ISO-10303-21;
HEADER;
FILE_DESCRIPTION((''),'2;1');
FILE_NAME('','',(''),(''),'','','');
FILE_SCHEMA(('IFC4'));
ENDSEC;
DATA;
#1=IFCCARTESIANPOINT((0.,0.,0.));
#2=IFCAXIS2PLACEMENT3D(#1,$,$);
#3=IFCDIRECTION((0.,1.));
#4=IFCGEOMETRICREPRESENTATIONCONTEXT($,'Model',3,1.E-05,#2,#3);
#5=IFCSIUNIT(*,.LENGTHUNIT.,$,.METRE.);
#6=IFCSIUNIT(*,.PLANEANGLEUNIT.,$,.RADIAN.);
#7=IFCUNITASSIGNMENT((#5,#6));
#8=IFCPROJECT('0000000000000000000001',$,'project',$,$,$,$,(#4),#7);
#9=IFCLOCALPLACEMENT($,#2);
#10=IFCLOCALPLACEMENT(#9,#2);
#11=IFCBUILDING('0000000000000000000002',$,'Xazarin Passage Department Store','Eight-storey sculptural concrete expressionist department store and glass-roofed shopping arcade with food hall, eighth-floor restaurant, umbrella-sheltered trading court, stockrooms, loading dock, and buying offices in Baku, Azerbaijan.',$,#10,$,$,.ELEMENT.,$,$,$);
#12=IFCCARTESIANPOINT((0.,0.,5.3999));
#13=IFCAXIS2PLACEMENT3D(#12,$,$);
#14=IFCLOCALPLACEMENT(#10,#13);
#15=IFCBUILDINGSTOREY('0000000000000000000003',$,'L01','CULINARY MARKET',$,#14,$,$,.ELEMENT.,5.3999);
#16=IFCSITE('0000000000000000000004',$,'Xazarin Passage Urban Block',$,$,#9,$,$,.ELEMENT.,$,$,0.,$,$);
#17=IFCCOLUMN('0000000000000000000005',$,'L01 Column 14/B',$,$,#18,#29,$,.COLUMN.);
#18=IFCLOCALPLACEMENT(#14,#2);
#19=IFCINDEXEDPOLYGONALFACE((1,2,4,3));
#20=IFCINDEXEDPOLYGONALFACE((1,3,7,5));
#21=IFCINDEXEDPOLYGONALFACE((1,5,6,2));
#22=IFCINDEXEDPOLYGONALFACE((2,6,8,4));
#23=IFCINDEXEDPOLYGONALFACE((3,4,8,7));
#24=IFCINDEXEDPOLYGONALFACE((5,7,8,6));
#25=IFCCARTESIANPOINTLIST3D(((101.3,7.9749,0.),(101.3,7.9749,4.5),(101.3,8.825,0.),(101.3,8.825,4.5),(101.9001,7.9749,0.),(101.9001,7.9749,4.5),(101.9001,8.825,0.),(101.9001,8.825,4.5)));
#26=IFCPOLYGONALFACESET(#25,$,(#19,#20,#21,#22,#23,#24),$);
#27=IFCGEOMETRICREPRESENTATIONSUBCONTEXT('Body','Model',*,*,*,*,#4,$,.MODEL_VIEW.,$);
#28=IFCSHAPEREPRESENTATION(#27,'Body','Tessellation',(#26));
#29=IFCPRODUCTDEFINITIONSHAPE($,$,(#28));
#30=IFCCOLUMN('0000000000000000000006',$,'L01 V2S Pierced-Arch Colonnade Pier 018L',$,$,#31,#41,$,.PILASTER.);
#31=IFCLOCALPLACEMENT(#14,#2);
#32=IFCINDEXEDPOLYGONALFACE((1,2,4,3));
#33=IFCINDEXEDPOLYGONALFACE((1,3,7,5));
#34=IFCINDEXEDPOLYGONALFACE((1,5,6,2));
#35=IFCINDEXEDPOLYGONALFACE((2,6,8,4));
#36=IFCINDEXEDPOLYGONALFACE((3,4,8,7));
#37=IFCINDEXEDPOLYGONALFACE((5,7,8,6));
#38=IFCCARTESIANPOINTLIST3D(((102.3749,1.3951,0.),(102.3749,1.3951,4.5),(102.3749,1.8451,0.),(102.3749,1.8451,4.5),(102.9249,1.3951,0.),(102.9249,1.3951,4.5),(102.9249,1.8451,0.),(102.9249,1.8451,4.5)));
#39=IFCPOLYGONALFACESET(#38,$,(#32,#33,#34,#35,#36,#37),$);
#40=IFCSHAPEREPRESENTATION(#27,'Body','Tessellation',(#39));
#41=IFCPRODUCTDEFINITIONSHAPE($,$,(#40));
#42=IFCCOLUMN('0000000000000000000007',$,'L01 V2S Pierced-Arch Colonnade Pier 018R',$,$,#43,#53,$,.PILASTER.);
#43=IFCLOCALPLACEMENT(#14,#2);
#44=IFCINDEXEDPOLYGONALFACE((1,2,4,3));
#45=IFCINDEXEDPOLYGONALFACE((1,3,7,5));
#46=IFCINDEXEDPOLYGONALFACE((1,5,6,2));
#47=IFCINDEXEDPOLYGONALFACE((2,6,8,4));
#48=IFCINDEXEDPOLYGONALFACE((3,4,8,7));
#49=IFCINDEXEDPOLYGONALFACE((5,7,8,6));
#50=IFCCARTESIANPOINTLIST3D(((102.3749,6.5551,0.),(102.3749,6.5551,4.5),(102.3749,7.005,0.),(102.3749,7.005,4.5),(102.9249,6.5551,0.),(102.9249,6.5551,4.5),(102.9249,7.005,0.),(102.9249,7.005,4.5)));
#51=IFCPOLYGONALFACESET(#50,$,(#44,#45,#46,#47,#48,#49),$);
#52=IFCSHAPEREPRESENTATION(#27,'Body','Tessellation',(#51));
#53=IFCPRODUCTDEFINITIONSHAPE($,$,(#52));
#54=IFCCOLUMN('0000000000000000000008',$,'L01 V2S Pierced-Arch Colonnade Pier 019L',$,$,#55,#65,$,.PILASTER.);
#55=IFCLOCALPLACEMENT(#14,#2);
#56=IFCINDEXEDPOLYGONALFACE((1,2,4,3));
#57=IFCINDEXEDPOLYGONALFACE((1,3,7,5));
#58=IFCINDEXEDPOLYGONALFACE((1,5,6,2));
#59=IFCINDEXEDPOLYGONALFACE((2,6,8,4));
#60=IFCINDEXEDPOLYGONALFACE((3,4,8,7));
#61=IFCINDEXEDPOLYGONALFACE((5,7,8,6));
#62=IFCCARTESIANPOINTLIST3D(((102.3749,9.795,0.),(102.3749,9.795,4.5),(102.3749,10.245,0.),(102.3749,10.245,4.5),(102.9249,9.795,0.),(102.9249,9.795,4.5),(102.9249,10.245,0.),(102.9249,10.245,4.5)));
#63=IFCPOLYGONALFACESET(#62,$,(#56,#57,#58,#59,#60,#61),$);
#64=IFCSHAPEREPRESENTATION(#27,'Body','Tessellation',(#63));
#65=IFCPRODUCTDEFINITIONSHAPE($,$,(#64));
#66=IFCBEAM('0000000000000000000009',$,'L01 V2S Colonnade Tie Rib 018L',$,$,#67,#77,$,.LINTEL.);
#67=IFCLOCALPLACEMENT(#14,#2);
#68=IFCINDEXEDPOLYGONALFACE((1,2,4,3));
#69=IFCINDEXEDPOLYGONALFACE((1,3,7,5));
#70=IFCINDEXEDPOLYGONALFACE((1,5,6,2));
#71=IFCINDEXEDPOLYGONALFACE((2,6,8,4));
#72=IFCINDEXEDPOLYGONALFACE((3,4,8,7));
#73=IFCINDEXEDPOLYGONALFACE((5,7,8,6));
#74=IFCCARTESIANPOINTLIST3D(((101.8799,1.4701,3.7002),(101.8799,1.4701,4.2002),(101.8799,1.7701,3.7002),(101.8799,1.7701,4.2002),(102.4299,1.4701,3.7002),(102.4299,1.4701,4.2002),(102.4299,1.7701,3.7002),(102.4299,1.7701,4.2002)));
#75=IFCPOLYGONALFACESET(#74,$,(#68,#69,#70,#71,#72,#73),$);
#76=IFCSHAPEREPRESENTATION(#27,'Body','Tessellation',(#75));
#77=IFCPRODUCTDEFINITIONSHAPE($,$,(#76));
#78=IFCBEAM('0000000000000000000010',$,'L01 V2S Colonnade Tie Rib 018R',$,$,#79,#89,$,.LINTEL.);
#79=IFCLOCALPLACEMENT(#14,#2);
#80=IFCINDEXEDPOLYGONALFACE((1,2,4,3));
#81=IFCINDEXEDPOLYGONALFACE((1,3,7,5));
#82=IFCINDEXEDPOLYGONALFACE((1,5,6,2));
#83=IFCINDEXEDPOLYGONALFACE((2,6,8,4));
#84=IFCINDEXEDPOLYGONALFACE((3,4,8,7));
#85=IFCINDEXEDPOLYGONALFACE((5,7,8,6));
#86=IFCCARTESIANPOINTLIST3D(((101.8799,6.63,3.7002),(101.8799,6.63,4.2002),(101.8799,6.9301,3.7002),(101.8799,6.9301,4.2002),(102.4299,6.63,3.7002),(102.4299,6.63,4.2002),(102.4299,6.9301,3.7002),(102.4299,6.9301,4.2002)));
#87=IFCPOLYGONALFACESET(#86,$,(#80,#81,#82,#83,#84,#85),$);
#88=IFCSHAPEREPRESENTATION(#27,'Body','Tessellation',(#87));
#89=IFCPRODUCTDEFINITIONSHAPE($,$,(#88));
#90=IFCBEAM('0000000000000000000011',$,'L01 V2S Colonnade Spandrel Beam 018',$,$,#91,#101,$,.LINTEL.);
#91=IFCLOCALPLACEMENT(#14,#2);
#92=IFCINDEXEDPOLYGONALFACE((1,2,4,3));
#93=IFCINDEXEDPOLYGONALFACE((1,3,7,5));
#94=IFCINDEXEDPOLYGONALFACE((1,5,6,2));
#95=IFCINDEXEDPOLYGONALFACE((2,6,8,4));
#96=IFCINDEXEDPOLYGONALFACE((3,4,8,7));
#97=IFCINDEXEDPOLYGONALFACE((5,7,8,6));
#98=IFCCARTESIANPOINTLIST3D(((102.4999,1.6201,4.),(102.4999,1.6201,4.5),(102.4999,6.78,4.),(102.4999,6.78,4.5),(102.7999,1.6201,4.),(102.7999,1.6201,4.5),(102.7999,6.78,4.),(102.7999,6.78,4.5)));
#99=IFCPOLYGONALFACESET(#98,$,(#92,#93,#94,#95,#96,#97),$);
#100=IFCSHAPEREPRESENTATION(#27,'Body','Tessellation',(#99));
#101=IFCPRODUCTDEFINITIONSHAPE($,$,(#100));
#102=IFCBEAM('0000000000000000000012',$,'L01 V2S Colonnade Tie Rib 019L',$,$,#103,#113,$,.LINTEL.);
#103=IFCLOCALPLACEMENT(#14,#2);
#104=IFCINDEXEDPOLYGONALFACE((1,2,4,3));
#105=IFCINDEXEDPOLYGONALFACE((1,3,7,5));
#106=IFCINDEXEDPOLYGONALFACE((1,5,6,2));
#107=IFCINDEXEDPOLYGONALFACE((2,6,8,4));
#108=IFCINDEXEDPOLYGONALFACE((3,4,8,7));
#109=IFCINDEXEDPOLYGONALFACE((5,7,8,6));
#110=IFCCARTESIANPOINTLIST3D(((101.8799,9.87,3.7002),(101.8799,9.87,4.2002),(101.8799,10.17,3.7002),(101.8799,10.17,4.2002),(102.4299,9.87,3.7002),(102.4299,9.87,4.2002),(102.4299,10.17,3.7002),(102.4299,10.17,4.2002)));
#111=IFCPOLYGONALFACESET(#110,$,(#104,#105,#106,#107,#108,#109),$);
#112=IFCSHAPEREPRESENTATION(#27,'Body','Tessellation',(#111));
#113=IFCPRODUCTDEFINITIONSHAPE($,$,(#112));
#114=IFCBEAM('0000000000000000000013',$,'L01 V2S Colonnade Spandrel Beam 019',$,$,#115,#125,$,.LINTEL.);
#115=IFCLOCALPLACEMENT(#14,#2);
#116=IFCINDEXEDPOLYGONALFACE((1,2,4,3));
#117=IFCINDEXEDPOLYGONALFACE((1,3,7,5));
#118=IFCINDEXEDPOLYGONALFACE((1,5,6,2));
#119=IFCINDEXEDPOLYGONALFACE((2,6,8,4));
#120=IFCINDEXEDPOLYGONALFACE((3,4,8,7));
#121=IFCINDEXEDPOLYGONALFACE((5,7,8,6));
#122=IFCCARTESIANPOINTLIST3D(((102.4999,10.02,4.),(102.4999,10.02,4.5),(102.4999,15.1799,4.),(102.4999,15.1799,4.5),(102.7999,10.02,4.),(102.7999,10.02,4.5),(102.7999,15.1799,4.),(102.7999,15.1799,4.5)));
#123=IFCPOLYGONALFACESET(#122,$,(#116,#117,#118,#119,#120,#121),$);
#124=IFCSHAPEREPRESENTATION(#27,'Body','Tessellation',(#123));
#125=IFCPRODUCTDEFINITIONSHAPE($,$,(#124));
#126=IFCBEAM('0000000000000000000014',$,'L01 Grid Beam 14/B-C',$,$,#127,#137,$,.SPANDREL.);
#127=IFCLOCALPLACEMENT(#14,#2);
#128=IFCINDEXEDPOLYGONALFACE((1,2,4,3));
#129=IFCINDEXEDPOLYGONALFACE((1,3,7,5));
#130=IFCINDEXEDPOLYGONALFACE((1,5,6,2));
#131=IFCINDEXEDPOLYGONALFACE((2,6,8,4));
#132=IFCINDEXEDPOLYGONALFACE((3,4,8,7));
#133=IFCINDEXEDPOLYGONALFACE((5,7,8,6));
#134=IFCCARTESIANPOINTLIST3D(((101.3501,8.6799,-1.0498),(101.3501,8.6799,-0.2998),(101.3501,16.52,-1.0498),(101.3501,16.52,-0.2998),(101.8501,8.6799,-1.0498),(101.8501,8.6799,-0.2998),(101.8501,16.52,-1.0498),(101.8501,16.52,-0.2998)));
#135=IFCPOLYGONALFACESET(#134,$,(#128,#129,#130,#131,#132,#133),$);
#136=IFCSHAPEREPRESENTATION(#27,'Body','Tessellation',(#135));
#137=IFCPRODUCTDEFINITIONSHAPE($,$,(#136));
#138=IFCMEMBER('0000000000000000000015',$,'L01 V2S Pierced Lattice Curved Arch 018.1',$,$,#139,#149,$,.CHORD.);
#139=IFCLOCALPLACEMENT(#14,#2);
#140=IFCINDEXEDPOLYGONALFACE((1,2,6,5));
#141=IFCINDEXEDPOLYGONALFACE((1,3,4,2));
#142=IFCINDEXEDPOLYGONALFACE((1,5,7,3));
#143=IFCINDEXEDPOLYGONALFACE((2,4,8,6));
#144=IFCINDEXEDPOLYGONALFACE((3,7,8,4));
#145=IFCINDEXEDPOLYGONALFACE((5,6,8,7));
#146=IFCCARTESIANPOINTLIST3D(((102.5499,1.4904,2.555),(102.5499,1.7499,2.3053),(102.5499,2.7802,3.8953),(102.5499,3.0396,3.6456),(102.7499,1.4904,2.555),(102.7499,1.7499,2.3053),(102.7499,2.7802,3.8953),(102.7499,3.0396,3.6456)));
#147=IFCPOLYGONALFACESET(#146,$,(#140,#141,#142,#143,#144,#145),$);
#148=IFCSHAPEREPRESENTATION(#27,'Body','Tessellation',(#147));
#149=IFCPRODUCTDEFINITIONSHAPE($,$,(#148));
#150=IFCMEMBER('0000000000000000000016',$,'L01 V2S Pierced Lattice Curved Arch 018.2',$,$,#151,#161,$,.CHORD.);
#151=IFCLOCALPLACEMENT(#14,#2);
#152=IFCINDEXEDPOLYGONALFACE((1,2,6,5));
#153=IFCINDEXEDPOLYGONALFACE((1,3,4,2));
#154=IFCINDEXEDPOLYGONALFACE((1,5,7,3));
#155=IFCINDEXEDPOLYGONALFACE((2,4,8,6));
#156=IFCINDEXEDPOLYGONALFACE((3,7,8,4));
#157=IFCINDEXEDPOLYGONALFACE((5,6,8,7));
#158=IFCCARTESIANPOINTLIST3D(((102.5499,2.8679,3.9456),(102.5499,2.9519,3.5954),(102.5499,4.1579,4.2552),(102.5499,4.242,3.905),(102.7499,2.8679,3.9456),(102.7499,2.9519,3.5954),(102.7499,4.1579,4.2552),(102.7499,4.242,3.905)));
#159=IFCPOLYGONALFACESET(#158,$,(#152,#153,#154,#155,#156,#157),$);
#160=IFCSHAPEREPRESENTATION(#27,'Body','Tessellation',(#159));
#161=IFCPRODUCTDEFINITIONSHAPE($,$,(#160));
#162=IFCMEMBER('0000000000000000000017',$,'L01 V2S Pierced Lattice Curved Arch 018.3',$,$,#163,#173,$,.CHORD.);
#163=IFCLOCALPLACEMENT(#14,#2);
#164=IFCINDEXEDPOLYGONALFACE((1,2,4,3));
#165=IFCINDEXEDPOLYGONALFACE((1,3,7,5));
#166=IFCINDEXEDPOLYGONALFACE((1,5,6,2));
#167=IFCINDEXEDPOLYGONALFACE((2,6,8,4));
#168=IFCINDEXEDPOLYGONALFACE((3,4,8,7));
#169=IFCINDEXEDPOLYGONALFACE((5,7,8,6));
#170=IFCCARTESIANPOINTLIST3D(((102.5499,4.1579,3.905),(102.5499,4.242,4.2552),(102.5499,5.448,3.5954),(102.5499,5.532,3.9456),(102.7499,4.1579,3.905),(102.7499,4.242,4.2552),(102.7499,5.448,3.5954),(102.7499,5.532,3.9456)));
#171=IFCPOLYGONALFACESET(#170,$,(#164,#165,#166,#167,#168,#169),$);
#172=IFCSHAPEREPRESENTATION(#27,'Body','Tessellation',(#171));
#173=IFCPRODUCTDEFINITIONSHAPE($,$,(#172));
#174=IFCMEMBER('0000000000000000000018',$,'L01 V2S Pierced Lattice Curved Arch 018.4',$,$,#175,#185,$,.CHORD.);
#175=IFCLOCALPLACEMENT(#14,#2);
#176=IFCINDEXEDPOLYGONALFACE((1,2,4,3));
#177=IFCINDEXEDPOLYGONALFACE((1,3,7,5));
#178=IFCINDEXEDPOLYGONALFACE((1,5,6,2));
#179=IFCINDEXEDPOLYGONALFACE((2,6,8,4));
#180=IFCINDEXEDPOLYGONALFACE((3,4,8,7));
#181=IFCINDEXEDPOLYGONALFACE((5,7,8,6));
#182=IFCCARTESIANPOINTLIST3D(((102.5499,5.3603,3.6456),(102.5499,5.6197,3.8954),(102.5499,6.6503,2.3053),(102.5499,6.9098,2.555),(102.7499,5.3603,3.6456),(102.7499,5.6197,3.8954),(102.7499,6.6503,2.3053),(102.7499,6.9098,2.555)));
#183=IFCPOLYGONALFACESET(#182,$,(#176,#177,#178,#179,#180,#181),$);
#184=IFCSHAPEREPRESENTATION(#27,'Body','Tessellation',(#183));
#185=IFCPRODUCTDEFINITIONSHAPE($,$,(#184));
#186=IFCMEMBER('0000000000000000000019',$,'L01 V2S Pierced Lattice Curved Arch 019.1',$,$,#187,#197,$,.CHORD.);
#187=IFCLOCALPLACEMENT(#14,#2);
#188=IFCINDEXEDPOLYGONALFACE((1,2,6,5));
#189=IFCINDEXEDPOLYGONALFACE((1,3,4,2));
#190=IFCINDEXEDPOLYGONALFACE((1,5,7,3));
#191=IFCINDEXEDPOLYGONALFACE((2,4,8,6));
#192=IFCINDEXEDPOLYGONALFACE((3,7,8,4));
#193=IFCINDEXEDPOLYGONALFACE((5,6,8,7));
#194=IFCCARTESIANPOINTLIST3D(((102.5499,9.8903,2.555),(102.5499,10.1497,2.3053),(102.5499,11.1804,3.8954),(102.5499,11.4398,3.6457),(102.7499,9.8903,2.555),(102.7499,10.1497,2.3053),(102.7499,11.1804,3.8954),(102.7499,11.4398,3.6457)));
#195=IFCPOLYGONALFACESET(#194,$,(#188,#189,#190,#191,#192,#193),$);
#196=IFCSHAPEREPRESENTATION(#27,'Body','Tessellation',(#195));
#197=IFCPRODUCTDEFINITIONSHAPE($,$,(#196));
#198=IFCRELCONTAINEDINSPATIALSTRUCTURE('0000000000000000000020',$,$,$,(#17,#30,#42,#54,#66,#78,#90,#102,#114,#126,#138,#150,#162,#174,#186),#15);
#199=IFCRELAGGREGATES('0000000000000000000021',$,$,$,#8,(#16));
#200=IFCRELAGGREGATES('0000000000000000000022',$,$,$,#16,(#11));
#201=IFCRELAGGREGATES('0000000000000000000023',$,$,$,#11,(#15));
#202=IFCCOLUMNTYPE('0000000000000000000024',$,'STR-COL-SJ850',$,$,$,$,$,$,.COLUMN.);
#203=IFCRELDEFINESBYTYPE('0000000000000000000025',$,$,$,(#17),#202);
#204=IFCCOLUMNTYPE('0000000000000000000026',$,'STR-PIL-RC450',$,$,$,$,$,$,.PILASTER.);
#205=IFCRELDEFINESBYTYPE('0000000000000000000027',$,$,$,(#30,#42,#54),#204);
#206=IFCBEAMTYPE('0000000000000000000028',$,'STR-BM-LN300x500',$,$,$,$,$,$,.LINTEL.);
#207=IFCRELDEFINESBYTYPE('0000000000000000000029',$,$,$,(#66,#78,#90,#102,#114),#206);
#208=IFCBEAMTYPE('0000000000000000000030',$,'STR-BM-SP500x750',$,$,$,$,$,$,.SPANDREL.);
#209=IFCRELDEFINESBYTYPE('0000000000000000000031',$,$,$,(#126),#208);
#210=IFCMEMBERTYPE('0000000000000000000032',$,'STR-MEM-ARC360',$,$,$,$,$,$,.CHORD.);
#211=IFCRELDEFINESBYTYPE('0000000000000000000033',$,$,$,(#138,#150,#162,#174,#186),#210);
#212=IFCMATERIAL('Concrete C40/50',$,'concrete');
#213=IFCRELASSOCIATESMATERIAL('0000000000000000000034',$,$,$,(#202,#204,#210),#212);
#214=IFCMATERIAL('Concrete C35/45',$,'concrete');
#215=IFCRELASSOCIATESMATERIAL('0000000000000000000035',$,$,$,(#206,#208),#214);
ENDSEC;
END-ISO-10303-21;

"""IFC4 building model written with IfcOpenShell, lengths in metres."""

from ifc_helpers import new_model, si_unit, direction, frame, origin, origin_2d, place, context, subcontext, project, spatial, rectangle, extrude, material, material_profile, profile_set, type_object, element, save


model = new_model("IFC4")

# Units and contexts
model_context = context("Model", 3, precision=1e-05, world=origin(), true_north=direction((0.0, 1.0)))
body_context = subcontext(model_context, "Body", "Model", "MODEL_VIEW")
ifc_project = project(units=[si_unit("LENGTHUNIT", "METRE"), si_unit("PLANEANGLEUNIT", "RADIAN")], contexts=[model_context])

# Site, building, storey
site_placement = place(None, origin())
site = spatial("IfcSite", under=ifc_project, at=site_placement, Name="Xazarin Passage Urban Block", CompositionType="ELEMENT", RefElevation=0.0)
building_placement = place(site_placement, origin())
building = spatial("IfcBuilding", under=site, at=building_placement, Name="Xazarin Passage Department Store", Description="Eight-storey sculptural concrete expressionist department store and glass-roofed shopping arcade with food hall, eighth-floor restaurant, umbrella-sheltered trading court, stockrooms, loading dock, and buying offices in Baku, Azerbaijan.", CompositionType="ELEMENT")
storey_placement = place(building_placement, frame((0.0, 0.0, 5.3999)))
storey = spatial("IfcBuildingStorey", under=building, at=storey_placement, Name="L01", Description="CULINARY MARKET", CompositionType="ELEMENT", Elevation=5.3999)

# Columns
ifc_material_1 = material(Name="Concrete C40/50", Category="concrete")
ifc_material_profile_1 = material_profile(ifc_material_1, rectangle(XDim=0.6001, YDim=0.8501, at=origin_2d()), Name="RC 600x850")
ifc_profile_set_1 = profile_set([ifc_material_profile_1], Name="Concrete C40/50")
column_type_1 = type_object("IfcColumnType", Name="STR-COL-SJ850", PredefinedType="COLUMN", material=ifc_profile_set_1)
column_placement = place(storey_placement, frame((101.6001, 8.3999, 0.0), z_axis=(0.0, 0.0, 1.0), x_axis=(1.0, 0.0, 0.0)))
element("IfcColumn", 1, at=column_placement, inside=storey, type_object=column_type_1, Name="L01 Column 14/B", PredefinedType="COLUMN", context=body_context, shape_type="SweptSolid", body=[
    extrude(rectangle(XDim=0.6001, YDim=0.8501, at=origin_2d()), origin(), (0.0, 0.0, 1.0), 4.5),
])
ifc_material_profile_2 = material_profile(ifc_material_1, rectangle(XDim=0.45, YDim=0.55, at=origin_2d()), Name="RC 450x550")
ifc_profile_set_2 = profile_set([ifc_material_profile_2], Name="Concrete C40/50")
column_type_2 = type_object("IfcColumnType", Name="STR-PIL-RC450", PredefinedType="PILASTER", material=ifc_profile_set_2)
for number, where, z_axis, x_axis, name in (
    (2, (102.6499, 1.6201, 0.0), (0.0, 0.0, 1.0), (0.0, 1.0, 0.0), "L01 V2S Pierced-Arch Colonnade Pier 018L"),
    (3, (102.6499, 6.78, 0.0), (0.0, 0.0, 1.0), (0.0, 1.0, 0.0), "L01 V2S Pierced-Arch Colonnade Pier 018R"),
    (4, (102.6499, 10.02, 0.0), (0.0, 0.0, 1.0), (0.0, 1.0, 0.0), "L01 V2S Pierced-Arch Colonnade Pier 019L"),
):
    element("IfcColumn", number, at=place(storey_placement, frame(where, z_axis=z_axis, x_axis=x_axis)), inside=storey, type_object=column_type_2, Name=name, PredefinedType="PILASTER", context=body_context, shape_type="SweptSolid", body=[
        extrude(rectangle(XDim=0.45, YDim=0.55, at=origin_2d()), origin(), (0.0, 0.0, 1.0), 4.5),
    ])

# Beams
ifc_material_2 = material(Name="Concrete C35/45", Category="concrete")
ifc_material_profile_3 = material_profile(ifc_material_2, rectangle(XDim=0.3, YDim=0.5, at=origin_2d()), Name="RC 300x500")
ifc_profile_set_3 = profile_set([ifc_material_profile_3], Name="Concrete C35/45")
beam_type_1 = type_object("IfcBeamType", Name="STR-BM-LN300x500", PredefinedType="LINTEL", material=ifc_profile_set_3)
for number, where, z_axis, x_axis, name in (
    (5, (101.8799, 1.6201, 3.9502), (1.0, 0.0, 0.0), (0.0, 1.0, 0.0), "L01 V2S Colonnade Tie Rib 018L"),
    (6, (101.8799, 6.78, 3.9502), (1.0, 0.0, 0.0), (0.0, 1.0, 0.0), "L01 V2S Colonnade Tie Rib 018R"),
):
    element("IfcBeam", number, at=place(storey_placement, frame(where, z_axis=z_axis, x_axis=x_axis)), inside=storey, type_object=beam_type_1, Name=name, PredefinedType="LINTEL", context=body_context, shape_type="SweptSolid", body=[
        extrude(rectangle(XDim=0.3, YDim=0.5, at=origin_2d()), origin(), (0.0, 0.0, 1.0), 0.55),
    ])
beam_1_placement = place(storey_placement, frame((102.6499, 1.6201, 4.25), z_axis=(0.0, 1.0, 0.0), x_axis=(-1.0, 0.0, 0.0)))
element("IfcBeam", 7, at=beam_1_placement, inside=storey, type_object=beam_type_1, Name="L01 V2S Colonnade Spandrel Beam 018", PredefinedType="LINTEL", context=body_context, shape_type="SweptSolid", body=[
    extrude(rectangle(XDim=0.3, YDim=0.5, at=origin_2d()), origin(), (0.0, 0.0, 1.0), 5.1599),
])
beam_2_placement = place(storey_placement, frame((101.8799, 10.02, 3.9502), z_axis=(1.0, 0.0, 0.0), x_axis=(0.0, 1.0, 0.0)))
element("IfcBeam", 8, at=beam_2_placement, inside=storey, type_object=beam_type_1, Name="L01 V2S Colonnade Tie Rib 019L", PredefinedType="LINTEL", context=body_context, shape_type="SweptSolid", body=[
    extrude(rectangle(XDim=0.3, YDim=0.5, at=origin_2d()), origin(), (0.0, 0.0, 1.0), 0.55),
])
beam_3_placement = place(storey_placement, frame((102.6499, 10.02, 4.25), z_axis=(0.0, 1.0, 0.0), x_axis=(-1.0, 0.0, 0.0)))
element("IfcBeam", 9, at=beam_3_placement, inside=storey, type_object=beam_type_1, Name="L01 V2S Colonnade Spandrel Beam 019", PredefinedType="LINTEL", context=body_context, shape_type="SweptSolid", body=[
    extrude(rectangle(XDim=0.3, YDim=0.5, at=origin_2d()), origin(), (0.0, 0.0, 1.0), 5.1599),
])
ifc_material_profile_4 = material_profile(ifc_material_2, rectangle(XDim=0.5, YDim=0.75, at=origin_2d()), Name="RC 500x750")
ifc_profile_set_4 = profile_set([ifc_material_profile_4], Name="Concrete C35/45")
beam_type_2 = type_object("IfcBeamType", Name="STR-BM-SP500x750", PredefinedType="SPANDREL", material=ifc_profile_set_4)
beam_4_placement = place(storey_placement, frame((101.6001, 8.6799, -0.6748), z_axis=(0.0, 1.0, 0.0), x_axis=(-1.0, 0.0, 0.0)))
element("IfcBeam", 10, at=beam_4_placement, inside=storey, type_object=beam_type_2, Name="L01 Grid Beam 14/B-C", PredefinedType="SPANDREL", context=body_context, shape_type="SweptSolid", body=[
    extrude(rectangle(XDim=0.5, YDim=0.75, at=origin_2d()), origin(), (0.0, 0.0, 1.0), 7.8401),
])

# Members
ifc_material_profile_5 = material_profile(ifc_material_1, rectangle(XDim=0.2, YDim=0.3601, at=origin_2d()), Name="RC 200x360")
ifc_profile_set_5 = profile_set([ifc_material_profile_5], Name="Concrete C40/50")
member_type = type_object("IfcMemberType", Name="STR-MEM-ARC360", PredefinedType="CHORD", material=ifc_profile_set_5)
member_placement = place(storey_placement, frame((102.6499, 1.6201, 2.4302), z_axis=(0.0, 0.693392, 0.720561), x_axis=(-1.0, 0.0, 0.0)))
element("IfcMember", 11, at=member_placement, inside=storey, type_object=member_type, Name="L01 V2S Pierced Lattice Curved Arch 018.1", PredefinedType="CHORD", context=body_context, shape_type="SweptSolid", body=[
    extrude(rectangle(XDim=0.2, YDim=0.3601, at=origin_2d()), origin(), (0.0, 0.0, 1.0), 1.8601),
])
for number, where, z_axis, x_axis, name in (
    (12, (102.6499, 2.9099, 3.7705), (0.0, 0.972394, 0.233345), (-1.0, 0.0, 0.0), "L01 V2S Pierced Lattice Curved Arch 018.2"),
    (13, (102.6499, 4.2, 4.0801), (0.0, 0.972394, -0.233345), (-1.0, 0.0, 0.0), "L01 V2S Pierced Lattice Curved Arch 018.3"),
):
    element("IfcMember", number, at=place(storey_placement, frame(where, z_axis=z_axis, x_axis=x_axis)), inside=storey, type_object=member_type, Name=name, PredefinedType="CHORD", context=body_context, shape_type="SweptSolid", body=[
        extrude(rectangle(XDim=0.2, YDim=0.3601, at=origin_2d()), origin(), (0.0, 0.0, 1.0), 1.3267),
    ])
for number, where, z_axis, x_axis, name in (
    (14, (102.6499, 5.49, 3.7705), (0.0, 0.69346, -0.720495), (-1.0, 0.0, 0.0), "L01 V2S Pierced Lattice Curved Arch 018.4"),
    (15, (102.6499, 10.02, 2.4302), (0.0, 0.69346, 0.720495), (-1.0, 0.0, 0.0), "L01 V2S Pierced Lattice Curved Arch 019.1"),
):
    element("IfcMember", number, at=place(storey_placement, frame(where, z_axis=z_axis, x_axis=x_axis)), inside=storey, type_object=member_type, Name=name, PredefinedType="CHORD", context=body_context, shape_type="SweptSolid", body=[
        extrude(rectangle(XDim=0.2, YDim=0.3601, at=origin_2d()), origin(), (0.0, 0.0, 1.0), 1.8604),
    ])

save(model, "model.ifc")
